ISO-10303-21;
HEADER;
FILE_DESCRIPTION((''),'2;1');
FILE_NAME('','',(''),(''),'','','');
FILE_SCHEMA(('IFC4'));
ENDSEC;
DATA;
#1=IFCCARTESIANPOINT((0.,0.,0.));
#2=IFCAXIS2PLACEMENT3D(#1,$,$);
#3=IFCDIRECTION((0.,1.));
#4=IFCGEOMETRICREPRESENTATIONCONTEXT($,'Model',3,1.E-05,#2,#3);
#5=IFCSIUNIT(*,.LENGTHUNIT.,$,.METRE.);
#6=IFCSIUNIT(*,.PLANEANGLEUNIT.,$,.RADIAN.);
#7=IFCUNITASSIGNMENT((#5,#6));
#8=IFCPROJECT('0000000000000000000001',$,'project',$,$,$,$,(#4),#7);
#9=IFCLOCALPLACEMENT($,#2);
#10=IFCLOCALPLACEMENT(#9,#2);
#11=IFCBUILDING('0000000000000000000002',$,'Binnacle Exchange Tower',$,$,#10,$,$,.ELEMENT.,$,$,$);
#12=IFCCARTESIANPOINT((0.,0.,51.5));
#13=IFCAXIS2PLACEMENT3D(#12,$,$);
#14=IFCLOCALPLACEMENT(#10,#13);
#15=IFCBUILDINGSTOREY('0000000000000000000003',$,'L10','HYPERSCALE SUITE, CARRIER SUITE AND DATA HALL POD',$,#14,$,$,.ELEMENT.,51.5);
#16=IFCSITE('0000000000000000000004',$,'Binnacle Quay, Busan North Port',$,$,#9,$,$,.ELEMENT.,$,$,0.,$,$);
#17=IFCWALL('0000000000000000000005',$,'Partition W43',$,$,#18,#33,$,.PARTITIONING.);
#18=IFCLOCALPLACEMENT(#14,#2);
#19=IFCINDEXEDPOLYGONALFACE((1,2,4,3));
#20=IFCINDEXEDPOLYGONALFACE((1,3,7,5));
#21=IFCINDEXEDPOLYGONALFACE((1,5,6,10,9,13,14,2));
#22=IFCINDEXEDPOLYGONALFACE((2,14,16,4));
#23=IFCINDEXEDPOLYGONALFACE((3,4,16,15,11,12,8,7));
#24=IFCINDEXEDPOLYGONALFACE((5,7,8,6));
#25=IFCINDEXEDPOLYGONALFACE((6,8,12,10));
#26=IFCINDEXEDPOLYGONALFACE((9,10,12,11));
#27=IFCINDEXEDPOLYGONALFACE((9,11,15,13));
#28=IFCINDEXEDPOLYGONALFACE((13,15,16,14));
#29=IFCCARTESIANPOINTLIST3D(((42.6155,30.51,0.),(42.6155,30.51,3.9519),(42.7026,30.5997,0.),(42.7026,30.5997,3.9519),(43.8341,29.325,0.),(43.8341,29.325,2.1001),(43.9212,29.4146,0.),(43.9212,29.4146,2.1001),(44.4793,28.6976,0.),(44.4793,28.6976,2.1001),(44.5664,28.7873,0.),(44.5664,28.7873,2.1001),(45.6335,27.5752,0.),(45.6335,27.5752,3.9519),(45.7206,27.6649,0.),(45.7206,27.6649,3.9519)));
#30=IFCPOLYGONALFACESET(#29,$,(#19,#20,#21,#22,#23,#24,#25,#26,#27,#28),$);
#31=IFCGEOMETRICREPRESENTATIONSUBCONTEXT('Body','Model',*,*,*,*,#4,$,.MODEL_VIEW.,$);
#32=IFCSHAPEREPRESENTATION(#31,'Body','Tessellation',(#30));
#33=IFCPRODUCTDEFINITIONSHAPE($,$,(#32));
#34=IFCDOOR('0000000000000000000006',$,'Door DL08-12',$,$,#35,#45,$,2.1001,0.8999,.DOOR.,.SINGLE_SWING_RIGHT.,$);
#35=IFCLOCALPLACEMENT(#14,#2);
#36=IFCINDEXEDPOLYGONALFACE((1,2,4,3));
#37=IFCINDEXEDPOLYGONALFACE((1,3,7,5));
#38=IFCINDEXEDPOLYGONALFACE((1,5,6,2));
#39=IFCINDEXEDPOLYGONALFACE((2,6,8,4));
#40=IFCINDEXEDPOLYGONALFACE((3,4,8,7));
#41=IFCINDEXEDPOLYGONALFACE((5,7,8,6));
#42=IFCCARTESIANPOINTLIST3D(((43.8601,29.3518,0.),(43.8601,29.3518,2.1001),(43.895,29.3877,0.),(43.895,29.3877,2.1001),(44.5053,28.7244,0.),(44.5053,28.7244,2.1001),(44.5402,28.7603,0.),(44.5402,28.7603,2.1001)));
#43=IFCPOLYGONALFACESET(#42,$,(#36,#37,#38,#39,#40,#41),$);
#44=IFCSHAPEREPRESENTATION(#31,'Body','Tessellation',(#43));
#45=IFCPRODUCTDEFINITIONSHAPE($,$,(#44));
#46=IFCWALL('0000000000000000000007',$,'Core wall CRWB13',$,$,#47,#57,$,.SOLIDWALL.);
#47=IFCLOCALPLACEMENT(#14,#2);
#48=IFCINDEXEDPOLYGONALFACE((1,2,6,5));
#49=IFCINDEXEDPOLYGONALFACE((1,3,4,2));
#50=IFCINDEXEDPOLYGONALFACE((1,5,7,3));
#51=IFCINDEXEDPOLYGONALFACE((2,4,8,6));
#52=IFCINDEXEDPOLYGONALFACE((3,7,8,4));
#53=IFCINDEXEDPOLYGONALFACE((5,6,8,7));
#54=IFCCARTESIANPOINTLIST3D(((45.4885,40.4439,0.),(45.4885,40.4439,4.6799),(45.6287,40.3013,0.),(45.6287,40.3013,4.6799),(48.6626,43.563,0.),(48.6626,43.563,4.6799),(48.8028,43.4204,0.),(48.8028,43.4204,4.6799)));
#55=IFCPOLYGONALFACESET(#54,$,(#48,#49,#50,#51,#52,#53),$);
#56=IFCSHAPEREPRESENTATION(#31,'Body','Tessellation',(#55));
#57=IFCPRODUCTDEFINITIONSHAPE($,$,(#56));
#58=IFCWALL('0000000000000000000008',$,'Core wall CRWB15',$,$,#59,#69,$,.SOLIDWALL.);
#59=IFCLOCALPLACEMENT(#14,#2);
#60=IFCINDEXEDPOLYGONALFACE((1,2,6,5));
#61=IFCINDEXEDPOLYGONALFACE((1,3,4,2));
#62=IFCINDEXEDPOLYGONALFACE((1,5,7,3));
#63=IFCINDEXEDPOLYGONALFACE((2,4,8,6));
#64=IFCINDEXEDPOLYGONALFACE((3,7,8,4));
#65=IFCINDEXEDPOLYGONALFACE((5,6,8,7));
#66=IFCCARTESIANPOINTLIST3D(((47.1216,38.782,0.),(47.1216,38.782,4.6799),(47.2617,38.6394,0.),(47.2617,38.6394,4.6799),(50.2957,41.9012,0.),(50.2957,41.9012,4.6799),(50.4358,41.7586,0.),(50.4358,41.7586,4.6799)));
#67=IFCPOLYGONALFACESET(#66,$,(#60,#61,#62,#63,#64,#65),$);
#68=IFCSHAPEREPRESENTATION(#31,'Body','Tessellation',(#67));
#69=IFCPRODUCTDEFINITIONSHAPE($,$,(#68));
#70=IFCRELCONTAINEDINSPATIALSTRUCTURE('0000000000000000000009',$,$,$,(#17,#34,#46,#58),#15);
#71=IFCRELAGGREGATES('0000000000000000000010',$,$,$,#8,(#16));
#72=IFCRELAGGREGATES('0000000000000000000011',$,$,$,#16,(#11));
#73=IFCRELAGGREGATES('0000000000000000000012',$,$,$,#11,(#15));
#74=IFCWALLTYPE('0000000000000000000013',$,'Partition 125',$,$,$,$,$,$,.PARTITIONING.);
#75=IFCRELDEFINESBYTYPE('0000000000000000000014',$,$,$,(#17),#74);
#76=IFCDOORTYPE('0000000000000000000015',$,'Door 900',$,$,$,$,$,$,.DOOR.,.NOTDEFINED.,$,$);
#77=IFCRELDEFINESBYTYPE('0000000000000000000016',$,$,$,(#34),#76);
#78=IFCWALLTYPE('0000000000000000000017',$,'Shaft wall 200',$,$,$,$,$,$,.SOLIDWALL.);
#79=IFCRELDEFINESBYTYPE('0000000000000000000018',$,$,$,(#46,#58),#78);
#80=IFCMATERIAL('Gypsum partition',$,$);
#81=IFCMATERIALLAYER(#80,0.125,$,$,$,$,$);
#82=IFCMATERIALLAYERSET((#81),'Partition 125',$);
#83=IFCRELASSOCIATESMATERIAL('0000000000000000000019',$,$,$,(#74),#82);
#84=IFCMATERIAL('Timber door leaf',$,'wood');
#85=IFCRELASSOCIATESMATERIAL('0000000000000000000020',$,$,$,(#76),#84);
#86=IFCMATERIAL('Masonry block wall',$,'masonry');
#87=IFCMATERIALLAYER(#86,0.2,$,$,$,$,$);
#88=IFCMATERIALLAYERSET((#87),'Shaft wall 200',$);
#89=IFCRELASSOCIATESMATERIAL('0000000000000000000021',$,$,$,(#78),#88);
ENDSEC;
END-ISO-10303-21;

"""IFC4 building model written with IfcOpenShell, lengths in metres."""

from ifc_helpers import new_model, si_unit, direction, frame, frame_2d, origin, place, context, subcontext, project, spatial, rectangle, extrude, material, layer, layer_set, type_object, element, fill, save


model = new_model("IFC4")

# Units and contexts
model_context = context("Model", 3, precision=1e-05, world=origin(), true_north=direction((0.0, 1.0)))
body_context = subcontext(model_context, "Body", "Model", "MODEL_VIEW")
ifc_project = project(units=[si_unit("LENGTHUNIT", "METRE"), si_unit("PLANEANGLEUNIT", "RADIAN")], contexts=[model_context])

# Site, building, storey
site_placement = place(None, origin())
site = spatial("IfcSite", under=ifc_project, at=site_placement, Name="Binnacle Quay, Busan North Port", CompositionType="ELEMENT", RefElevation=0.0)
building_placement = place(site_placement, origin())
building = spatial("IfcBuilding", under=site, at=building_placement, Name="Binnacle Exchange Tower", CompositionType="ELEMENT")
storey_placement = place(building_placement, frame((0.0, 0.0, 51.5)))
storey = spatial("IfcBuildingStorey", under=building, at=storey_placement, Name="L10", Description="HYPERSCALE SUITE, CARRIER SUITE AND DATA HALL POD", CompositionType="ELEMENT", Elevation=51.5)

# Wall, opening, door
ifc_material_1 = material(Name="Gypsum partition")
ifc_layer_1 = layer(ifc_material_1, 0.125)
ifc_layer_set_1 = layer_set([ifc_layer_1], Name="Partition 125")
wall_type_1 = type_object("IfcWallType", Name="Partition 125", PredefinedType="PARTITIONING", material=ifc_layer_set_1)
wall_1_placement = place(storey_placement, frame((42.6589, 30.5549, 0.0), z_axis=(0.0, 0.0, 1.0), x_axis=(0.716926, -0.69715, 0.0)))
wall_1 = element("IfcWall", 1, at=wall_1_placement, inside=storey, type_object=wall_type_1, Name="Partition W43", PredefinedType="PARTITIONING", context=body_context, shape_type="SweptSolid", body=[
    extrude(rectangle(XDim=4.2097, YDim=0.125, at=frame_2d((2.105, 0.0))), origin(), (0.0, 0.0, 1.0), 3.9519),
])
opening_1_placement = place(wall_1_placement, frame((1.7, 0.0, 0.0)))
opening_1 = element("IfcOpeningElement", 2, at=opening_1_placement, cuts=wall_1, PredefinedType="OPENING", context=body_context, shape_type="SweptSolid", body=[
    extrude(rectangle(XDim=0.8999, YDim=2.1001, at=frame_2d((0.45, 1.05))), frame((0.0, 0.0725, 0.0), z_axis=(0.0, -1.0, 0.0), x_axis=(1.0, 0.0, 0.0)), (0.0, 0.0, 1.0), 0.145),
])
ifc_material_2 = material(Name="Timber door leaf", Category="wood")
door_type_1 = type_object("IfcDoorType", Name="Door 900", OperationType="NOTDEFINED", PredefinedType="DOOR", material=ifc_material_2)
door_1_placement = place(opening_1_placement, origin())
door_1 = element("IfcDoor", 3, at=door_1_placement, inside=storey, type_object=door_type_1, Name="Door DL08-12", OperationType="SINGLE_SWING_RIGHT", OverallHeight=2.1001, OverallWidth=0.8999, PredefinedType="DOOR", context=body_context, shape_type="SweptSolid", body=[
    extrude(rectangle(XDim=0.8999, YDim=2.1001, at=frame_2d((0.45, 1.05))), frame((0.0, 0.0249, 0.0), z_axis=(0.0, -1.0, 0.0), x_axis=(1.0, 0.0, 0.0)), (0.0, 0.0, 1.0), 0.05),
])
fill(opening_1, door_1)

# Walls
ifc_material_3 = material(Name="Masonry block wall", Category="masonry")
ifc_layer_2 = layer(ifc_material_3, 0.2)
ifc_layer_set_2 = layer_set([ifc_layer_2], Name="Shaft wall 200")
wall_type_2 = type_object("IfcWallType", Name="Shaft wall 200", PredefinedType="SOLIDWALL", material=ifc_layer_set_2)
for number, where, z_axis, x_axis, name in (
    (4, (45.5586, 40.3726, 0.0), (0.0, 0.0, 1.0), (0.713252, 0.700908, 0.0), "Core wall CRWB13"),
    (5, (47.1917, 38.7107, 0.0), (0.0, 0.0, 1.0), (0.713252, 0.700908, 0.0), "Core wall CRWB15"),
):
    element("IfcWall", number, at=place(storey_placement, frame(where, z_axis=z_axis, x_axis=x_axis)), inside=storey, type_object=wall_type_2, Name=name, PredefinedType="SOLIDWALL", context=body_context, shape_type="SweptSolid", body=[
        extrude(rectangle(XDim=4.4502, YDim=0.2, at=frame_2d((2.2251, 0.0))), origin(), (0.0, 0.0, 1.0), 4.6799),
    ])

save(model, "model.ifc")
